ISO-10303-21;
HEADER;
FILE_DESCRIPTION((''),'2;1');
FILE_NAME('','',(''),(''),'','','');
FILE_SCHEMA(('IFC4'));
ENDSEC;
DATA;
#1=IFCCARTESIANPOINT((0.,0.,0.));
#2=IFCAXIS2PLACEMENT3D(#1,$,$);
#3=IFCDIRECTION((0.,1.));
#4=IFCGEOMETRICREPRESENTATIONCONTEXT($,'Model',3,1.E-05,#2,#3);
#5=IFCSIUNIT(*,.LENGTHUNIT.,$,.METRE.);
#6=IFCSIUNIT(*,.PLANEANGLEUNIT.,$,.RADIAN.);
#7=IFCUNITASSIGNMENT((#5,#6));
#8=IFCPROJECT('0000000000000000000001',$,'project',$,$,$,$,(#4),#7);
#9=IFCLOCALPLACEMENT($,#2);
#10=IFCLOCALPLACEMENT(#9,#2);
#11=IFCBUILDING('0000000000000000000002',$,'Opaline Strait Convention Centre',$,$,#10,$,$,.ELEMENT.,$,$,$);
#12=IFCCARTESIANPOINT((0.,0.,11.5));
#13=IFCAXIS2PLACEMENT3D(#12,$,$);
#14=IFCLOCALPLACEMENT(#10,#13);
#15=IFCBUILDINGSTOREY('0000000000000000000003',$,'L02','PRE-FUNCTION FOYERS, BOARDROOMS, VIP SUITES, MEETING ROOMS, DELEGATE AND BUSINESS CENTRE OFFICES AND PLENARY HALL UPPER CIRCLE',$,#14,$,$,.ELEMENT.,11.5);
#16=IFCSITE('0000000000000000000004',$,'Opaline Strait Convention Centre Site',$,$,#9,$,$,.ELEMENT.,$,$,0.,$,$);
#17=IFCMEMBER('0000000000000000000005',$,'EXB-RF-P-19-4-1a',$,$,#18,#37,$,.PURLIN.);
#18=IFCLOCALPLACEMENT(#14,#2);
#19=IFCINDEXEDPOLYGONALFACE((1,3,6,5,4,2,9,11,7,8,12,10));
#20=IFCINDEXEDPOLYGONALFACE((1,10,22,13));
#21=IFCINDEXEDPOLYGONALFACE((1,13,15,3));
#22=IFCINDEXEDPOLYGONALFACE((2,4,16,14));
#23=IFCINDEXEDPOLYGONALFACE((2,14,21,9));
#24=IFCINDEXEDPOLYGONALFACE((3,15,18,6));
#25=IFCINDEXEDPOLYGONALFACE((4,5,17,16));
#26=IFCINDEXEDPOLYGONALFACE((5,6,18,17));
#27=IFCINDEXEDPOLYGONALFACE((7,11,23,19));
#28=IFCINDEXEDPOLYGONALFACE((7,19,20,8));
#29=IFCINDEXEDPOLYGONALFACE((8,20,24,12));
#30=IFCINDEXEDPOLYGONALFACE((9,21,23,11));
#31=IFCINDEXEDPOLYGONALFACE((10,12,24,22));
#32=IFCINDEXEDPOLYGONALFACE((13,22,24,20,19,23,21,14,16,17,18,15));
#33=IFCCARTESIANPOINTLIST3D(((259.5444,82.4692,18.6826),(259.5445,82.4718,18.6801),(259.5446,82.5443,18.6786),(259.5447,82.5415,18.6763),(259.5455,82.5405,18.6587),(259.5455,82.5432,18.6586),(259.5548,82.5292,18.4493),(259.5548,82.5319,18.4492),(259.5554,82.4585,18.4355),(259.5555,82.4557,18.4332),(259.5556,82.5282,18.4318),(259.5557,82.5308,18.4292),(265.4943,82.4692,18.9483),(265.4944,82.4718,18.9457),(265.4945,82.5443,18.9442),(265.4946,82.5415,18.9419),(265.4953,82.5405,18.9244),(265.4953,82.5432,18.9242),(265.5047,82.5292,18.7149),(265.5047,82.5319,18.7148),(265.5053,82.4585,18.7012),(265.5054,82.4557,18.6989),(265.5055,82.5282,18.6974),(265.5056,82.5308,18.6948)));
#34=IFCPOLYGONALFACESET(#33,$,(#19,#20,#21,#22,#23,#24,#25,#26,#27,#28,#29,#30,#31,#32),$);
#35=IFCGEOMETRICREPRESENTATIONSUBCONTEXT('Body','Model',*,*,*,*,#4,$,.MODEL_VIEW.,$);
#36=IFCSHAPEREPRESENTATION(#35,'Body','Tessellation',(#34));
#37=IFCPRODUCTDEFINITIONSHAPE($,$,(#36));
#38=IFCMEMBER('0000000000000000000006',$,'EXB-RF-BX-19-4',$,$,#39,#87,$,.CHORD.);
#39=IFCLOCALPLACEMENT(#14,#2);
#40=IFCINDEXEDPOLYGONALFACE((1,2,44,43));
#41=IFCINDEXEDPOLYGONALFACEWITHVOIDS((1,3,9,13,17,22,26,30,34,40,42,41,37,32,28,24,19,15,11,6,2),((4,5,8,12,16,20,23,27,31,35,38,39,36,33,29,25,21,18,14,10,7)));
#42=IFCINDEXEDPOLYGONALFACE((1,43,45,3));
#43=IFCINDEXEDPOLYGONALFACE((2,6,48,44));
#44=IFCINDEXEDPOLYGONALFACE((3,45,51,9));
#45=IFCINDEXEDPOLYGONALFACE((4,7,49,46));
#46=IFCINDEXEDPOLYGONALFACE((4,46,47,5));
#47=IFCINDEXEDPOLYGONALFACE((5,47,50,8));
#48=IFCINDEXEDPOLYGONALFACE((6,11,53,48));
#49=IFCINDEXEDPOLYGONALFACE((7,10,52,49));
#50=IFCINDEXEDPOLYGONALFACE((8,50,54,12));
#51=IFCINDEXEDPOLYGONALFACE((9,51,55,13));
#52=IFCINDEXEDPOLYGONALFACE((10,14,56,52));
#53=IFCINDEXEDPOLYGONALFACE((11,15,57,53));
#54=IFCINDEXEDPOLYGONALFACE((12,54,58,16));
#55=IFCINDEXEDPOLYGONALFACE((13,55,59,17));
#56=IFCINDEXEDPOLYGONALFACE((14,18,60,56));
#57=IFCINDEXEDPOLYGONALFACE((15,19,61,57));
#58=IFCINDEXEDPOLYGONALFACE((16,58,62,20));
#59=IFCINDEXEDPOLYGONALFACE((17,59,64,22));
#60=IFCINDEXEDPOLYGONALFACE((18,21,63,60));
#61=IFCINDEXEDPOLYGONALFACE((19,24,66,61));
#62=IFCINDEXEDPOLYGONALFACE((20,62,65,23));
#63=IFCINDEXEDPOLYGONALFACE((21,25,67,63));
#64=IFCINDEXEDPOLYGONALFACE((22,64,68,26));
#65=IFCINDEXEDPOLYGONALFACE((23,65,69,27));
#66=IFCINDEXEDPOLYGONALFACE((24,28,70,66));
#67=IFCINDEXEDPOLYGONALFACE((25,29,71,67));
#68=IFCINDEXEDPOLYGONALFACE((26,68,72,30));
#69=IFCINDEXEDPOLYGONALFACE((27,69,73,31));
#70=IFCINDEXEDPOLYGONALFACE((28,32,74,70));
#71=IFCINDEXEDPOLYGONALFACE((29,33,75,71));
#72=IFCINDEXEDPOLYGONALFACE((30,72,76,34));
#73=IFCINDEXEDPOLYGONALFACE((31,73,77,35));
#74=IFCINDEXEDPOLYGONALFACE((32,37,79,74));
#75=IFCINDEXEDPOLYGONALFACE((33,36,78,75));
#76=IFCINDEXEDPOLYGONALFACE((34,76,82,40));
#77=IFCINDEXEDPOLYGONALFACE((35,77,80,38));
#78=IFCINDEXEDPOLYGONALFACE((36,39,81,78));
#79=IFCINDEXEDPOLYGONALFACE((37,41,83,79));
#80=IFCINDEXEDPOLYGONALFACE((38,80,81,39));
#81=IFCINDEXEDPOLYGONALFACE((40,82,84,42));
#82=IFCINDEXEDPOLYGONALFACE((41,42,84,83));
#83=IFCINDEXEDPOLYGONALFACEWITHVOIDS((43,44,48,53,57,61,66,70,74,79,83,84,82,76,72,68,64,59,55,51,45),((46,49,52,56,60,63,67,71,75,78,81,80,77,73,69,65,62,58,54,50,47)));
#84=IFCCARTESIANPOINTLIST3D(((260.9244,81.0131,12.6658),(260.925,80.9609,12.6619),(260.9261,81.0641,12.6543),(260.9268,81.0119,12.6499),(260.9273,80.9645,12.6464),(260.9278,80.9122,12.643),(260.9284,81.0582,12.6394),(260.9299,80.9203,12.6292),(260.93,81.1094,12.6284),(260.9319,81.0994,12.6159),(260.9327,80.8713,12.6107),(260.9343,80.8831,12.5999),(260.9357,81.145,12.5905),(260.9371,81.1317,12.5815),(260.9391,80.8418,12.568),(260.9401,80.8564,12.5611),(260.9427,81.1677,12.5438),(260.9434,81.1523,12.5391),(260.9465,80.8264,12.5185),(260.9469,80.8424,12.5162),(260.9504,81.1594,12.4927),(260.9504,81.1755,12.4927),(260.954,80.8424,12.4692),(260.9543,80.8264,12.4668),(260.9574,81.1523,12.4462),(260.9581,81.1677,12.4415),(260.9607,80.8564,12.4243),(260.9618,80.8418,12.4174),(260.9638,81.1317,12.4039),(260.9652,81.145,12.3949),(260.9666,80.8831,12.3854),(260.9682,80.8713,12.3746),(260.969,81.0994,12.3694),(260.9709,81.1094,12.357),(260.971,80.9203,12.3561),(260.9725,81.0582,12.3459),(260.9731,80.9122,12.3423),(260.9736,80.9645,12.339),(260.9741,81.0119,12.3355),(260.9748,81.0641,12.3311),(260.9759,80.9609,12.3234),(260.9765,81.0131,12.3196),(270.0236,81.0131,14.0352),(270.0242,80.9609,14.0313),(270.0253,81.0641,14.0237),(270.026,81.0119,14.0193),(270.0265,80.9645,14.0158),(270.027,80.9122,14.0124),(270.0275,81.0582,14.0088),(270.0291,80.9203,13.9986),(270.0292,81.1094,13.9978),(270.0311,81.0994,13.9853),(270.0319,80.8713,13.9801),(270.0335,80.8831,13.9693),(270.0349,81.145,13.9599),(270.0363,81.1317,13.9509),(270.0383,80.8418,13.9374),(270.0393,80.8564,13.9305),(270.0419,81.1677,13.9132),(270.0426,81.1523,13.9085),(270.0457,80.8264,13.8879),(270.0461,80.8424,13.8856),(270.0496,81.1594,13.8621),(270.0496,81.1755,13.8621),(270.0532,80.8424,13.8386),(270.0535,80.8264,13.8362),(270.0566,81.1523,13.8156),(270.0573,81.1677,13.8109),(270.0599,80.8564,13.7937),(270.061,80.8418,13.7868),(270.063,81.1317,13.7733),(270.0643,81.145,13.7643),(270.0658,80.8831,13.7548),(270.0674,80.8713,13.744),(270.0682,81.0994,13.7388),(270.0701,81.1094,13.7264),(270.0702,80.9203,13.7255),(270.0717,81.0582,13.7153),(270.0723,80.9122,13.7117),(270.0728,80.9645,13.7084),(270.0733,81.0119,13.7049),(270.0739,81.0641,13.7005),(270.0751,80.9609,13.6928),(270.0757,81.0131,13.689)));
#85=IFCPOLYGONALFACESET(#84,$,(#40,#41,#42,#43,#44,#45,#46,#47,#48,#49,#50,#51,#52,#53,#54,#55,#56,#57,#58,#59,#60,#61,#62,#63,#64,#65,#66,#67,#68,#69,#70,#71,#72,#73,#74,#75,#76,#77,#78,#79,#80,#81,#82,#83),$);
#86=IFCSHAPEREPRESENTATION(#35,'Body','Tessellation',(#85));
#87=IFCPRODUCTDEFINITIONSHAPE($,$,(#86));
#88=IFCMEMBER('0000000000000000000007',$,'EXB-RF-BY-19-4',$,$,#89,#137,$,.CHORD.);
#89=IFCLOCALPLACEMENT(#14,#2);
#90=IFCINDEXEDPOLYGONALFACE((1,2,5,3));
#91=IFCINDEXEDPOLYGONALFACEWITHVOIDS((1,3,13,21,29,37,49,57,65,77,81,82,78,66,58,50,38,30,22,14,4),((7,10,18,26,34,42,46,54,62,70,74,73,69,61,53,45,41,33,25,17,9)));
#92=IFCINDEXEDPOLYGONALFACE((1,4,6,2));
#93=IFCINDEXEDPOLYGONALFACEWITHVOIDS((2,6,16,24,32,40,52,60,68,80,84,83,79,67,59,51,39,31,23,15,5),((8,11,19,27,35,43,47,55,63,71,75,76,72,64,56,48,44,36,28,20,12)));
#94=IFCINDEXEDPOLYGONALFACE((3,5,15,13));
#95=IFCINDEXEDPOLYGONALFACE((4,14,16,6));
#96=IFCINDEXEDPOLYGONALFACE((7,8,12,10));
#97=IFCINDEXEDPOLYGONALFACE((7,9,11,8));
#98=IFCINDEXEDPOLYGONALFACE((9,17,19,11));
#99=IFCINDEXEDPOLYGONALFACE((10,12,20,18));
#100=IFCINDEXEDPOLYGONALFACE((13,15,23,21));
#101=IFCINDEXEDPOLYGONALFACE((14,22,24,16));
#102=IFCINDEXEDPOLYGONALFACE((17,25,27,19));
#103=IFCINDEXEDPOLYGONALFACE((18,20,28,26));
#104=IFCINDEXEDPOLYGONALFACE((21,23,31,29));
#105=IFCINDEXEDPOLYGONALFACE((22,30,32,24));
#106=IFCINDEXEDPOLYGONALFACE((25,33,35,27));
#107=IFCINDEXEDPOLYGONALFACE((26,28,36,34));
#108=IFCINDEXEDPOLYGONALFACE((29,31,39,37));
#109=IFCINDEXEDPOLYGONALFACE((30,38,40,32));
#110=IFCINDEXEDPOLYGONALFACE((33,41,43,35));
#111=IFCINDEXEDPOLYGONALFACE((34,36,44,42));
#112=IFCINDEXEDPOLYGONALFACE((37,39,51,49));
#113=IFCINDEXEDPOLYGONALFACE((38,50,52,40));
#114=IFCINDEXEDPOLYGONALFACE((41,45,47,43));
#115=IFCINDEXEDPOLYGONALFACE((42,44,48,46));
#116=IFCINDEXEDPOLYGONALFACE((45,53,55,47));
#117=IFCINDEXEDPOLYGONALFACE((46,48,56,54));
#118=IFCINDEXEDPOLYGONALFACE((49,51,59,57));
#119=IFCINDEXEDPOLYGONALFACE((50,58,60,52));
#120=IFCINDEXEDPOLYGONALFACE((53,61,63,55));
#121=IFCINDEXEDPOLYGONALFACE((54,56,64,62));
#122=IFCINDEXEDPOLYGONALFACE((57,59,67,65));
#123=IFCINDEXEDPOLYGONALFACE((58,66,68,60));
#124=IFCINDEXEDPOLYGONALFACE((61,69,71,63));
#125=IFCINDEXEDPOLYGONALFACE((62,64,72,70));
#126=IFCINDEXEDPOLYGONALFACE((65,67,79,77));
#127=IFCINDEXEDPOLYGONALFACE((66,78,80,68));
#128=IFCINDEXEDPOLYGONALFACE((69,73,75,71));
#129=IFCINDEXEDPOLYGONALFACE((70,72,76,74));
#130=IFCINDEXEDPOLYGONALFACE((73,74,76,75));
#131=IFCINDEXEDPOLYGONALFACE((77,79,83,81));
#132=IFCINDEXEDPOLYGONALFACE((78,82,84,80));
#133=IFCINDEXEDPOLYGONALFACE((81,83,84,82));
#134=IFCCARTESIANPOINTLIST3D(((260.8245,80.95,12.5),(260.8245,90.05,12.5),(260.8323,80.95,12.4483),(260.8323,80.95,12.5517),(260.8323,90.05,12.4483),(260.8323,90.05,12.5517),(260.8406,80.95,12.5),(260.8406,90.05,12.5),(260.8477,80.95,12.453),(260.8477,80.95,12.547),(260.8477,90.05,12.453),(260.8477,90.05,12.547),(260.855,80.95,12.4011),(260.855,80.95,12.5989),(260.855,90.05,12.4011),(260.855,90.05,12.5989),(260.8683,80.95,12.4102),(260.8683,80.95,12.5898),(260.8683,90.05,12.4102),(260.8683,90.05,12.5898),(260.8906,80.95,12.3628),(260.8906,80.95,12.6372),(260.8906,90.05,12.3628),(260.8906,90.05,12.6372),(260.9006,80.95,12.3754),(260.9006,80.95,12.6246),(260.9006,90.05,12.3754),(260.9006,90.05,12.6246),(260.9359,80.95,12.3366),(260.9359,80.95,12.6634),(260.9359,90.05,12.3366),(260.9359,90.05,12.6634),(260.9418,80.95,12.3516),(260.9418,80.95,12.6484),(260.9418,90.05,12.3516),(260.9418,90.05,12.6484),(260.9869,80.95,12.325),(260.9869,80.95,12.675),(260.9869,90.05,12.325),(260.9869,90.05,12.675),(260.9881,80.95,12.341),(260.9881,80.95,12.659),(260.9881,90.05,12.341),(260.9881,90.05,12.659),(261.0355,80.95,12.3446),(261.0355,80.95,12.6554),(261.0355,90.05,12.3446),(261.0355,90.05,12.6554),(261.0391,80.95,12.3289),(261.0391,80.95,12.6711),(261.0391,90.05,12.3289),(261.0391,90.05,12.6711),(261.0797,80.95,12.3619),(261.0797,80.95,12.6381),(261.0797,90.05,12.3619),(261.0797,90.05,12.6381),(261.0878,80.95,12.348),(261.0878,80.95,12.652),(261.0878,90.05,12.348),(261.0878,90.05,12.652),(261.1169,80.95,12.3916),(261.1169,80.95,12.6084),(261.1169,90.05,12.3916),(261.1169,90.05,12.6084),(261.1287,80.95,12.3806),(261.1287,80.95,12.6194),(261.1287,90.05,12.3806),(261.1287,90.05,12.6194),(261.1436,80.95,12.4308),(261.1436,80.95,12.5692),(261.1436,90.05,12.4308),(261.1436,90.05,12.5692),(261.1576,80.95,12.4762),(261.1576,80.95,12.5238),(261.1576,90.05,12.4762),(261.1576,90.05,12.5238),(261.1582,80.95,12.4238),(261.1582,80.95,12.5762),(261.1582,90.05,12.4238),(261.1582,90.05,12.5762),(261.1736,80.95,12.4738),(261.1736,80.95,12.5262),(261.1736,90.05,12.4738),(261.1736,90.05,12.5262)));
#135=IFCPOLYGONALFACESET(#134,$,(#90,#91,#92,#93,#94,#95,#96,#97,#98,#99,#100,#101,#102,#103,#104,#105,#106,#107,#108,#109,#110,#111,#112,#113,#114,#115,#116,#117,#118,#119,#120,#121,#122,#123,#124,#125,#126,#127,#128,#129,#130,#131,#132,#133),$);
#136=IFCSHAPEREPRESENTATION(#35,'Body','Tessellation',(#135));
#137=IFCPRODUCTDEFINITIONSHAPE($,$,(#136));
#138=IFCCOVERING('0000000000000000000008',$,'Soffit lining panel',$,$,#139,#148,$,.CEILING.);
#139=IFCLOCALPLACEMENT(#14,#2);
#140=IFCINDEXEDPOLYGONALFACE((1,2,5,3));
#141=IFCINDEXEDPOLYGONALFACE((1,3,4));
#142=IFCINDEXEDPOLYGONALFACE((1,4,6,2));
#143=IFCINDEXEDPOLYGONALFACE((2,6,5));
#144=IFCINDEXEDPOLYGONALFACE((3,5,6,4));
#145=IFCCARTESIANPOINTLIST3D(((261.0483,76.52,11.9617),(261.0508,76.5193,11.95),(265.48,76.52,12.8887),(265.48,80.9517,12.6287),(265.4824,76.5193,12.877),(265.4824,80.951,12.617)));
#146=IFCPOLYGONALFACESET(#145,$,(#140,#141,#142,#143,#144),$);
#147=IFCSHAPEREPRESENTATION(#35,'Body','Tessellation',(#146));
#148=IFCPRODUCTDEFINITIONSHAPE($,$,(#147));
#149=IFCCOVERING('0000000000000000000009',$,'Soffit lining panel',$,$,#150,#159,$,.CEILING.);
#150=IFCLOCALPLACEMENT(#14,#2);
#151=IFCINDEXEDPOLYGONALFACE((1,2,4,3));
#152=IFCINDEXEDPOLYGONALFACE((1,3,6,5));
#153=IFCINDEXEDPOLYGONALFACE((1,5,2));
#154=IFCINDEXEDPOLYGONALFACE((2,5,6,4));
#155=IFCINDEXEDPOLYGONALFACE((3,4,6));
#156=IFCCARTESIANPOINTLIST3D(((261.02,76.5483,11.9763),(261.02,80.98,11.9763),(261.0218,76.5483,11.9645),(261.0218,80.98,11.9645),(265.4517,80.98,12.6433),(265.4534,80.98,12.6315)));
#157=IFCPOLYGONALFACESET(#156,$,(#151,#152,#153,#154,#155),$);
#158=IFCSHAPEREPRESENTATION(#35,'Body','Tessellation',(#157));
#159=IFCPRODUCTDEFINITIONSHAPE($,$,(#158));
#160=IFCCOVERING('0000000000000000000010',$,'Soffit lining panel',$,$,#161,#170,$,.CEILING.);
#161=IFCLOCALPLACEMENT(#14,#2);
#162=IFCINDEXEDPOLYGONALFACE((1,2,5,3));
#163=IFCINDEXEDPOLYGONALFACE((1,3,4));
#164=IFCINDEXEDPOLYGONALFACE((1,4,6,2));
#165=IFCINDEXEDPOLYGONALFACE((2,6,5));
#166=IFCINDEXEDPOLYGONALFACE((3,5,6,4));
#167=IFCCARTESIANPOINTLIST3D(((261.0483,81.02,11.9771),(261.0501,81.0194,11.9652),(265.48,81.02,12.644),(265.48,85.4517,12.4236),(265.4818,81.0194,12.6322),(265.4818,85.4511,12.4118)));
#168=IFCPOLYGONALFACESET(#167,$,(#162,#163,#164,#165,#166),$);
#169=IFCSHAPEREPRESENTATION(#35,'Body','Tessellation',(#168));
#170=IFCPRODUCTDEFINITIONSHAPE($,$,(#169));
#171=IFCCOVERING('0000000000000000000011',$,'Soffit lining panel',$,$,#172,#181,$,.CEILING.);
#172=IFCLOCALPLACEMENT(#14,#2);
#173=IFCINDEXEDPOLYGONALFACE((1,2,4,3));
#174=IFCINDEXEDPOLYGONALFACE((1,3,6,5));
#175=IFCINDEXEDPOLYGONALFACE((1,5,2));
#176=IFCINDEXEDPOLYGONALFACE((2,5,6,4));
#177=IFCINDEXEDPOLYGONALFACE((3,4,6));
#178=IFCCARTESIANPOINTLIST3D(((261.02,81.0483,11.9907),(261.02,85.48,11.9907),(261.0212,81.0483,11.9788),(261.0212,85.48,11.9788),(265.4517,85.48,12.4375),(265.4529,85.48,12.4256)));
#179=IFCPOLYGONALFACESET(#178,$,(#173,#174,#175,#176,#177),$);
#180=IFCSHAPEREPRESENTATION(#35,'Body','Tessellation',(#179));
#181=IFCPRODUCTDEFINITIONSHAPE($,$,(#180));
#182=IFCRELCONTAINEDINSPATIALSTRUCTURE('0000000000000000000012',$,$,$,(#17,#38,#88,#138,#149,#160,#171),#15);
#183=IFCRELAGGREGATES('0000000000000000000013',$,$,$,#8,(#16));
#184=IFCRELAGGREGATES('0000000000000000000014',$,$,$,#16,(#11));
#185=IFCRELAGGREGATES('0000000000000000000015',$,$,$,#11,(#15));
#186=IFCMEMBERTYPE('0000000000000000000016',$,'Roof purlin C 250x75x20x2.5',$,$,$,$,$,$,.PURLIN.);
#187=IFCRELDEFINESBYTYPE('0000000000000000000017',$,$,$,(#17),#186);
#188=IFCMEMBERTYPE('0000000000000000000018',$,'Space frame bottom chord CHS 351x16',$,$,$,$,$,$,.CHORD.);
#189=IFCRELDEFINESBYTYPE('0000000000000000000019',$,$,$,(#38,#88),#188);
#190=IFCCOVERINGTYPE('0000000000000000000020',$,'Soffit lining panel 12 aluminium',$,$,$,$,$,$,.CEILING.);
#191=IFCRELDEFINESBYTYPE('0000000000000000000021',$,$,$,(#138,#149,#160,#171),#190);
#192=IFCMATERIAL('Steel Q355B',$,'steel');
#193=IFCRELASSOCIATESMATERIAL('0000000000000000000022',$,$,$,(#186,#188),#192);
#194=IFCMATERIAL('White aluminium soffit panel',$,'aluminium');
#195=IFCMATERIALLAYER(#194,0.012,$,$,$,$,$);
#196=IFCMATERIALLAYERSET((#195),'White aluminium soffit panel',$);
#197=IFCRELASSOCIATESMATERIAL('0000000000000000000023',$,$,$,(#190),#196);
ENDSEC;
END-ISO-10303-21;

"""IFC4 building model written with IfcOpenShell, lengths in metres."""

from ifc_helpers import new_model, si_unit, direction, frame, origin, origin_2d, place, context, subcontext, project, spatial, polyline, hollow_circle, outline, extrude, material, layer, layer_set, material_profile, profile_set, type_object, element, save


model = new_model("IFC4")

# Units and contexts
model_context = context("Model", 3, precision=1e-05, world=origin(), true_north=direction((0.0, 1.0)))
body_context = subcontext(model_context, "Body", "Model", "MODEL_VIEW")
ifc_project = project(units=[si_unit("LENGTHUNIT", "METRE"), si_unit("PLANEANGLEUNIT", "RADIAN")], contexts=[model_context])

# Site, building, storey
site_placement = place(None, origin())
site = spatial("IfcSite", under=ifc_project, at=site_placement, Name="Opaline Strait Convention Centre Site", CompositionType="ELEMENT", RefElevation=0.0)
building_placement = place(site_placement, origin())
building = spatial("IfcBuilding", under=site, at=building_placement, Name="Opaline Strait Convention Centre", CompositionType="ELEMENT")
storey_placement = place(building_placement, frame((0.0, 0.0, 11.5)))
storey = spatial("IfcBuildingStorey", under=building, at=storey_placement, Name="L02", Description="PRE-FUNCTION FOYERS, BOARDROOMS, VIP SUITES, MEETING ROOMS, DELEGATE AND BUSINESS CENTRE OFFICES AND PLENARY HALL UPPER CIRCLE", CompositionType="ELEMENT", Elevation=11.5)

# Members
ifc_material_1 = material(Name="Steel Q355B", Category="steel")
ifc_material_profile_1 = material_profile(ifc_material_1, outline(polyline([(-0.0376, -0.125), (0.0376, -0.125), (0.0376, -0.105), (0.0349, -0.105), (0.0349, -0.1226), (-0.0349, -0.1226), (-0.0349, 0.1226), (0.0349, 0.1226), (0.0349, 0.105), (0.0376, 0.105), (0.0376, 0.125), (-0.0376, 0.125), (-0.0376, -0.125)])), Name="C 250x75x20x2.5")
ifc_profile_set_1 = profile_set([ifc_material_profile_1], Name="Steel Q355B")
member_type_1 = type_object("IfcMemberType", Name="Roof purlin C 250x75x20x2.5", PredefinedType="PURLIN", material=ifc_profile_set_1)
member_1_placement = place(storey_placement, frame((259.55, 82.5, 18.5559), z_axis=(0.999005, 0.0, 0.044599), x_axis=(0.002414, 0.998534, -0.054074)))
element("IfcMember", 1, at=member_1_placement, inside=storey, type_object=member_type_1, Name="EXB-RF-P-19-4-1a", PredefinedType="PURLIN", context=body_context, shape_type="SweptSolid", body=[
    extrude(outline(polyline([(-0.0376, -0.125), (0.0376, -0.125), (0.0376, -0.105), (0.0349, -0.105), (0.0349, -0.1226), (-0.0349, -0.1226), (-0.0349, 0.1226), (0.0349, 0.1226), (0.0349, 0.105), (0.0376, 0.105), (0.0376, 0.125), (-0.0376, 0.125), (-0.0376, -0.125)])), origin(), (0.0, 0.0, 1.0), 5.9558),
])
ifc_material_profile_2 = material_profile(ifc_material_1, hollow_circle(Radius=0.1755, WallThickness=0.0161, at=origin_2d()), Name="CHS 351x16")
ifc_profile_set_2 = profile_set([ifc_material_profile_2], Name="Steel Q355B")
member_type_2 = type_object("IfcMemberType", Name="Space frame bottom chord CHS 351x16", PredefinedType="CHORD", material=ifc_profile_set_2)
member_2_placement = place(storey_placement, frame((260.9504, 81.0, 12.4927), z_axis=(0.988864, 0.0, 0.14882), x_axis=(0.0, 1.0, 0.0)))
element("IfcMember", 2, at=member_2_placement, inside=storey, type_object=member_type_2, Name="EXB-RF-BX-19-4", PredefinedType="CHORD", context=body_context, shape_type="SweptSolid", body=[
    extrude(hollow_circle(Radius=0.1755, WallThickness=0.0161, at=origin_2d()), origin(), (0.0, 0.0, 1.0), 9.2017),
])
member_3_placement = place(storey_placement, frame((261.0, 80.95, 12.5), z_axis=(0.0, 1.0, 0.0), x_axis=(-1.0, 0.0, 0.0)))
element("IfcMember", 3, at=member_3_placement, inside=storey, type_object=member_type_2, Name="EXB-RF-BY-19-4", PredefinedType="CHORD", context=body_context, shape_type="SweptSolid", body=[
    extrude(hollow_circle(Radius=0.1755, WallThickness=0.0161, at=origin_2d()), origin(), (0.0, 0.0, 1.0), 9.1001),
])

# Coverings
ifc_material_2 = material(Name="White aluminium soffit panel", Category="aluminium")
ifc_layer = layer(ifc_material_2, 0.012)
ifc_layer_set = layer_set([ifc_layer], Name="White aluminium soffit panel")
covering_type = type_object("IfcCoveringType", Name="Soffit lining panel 12 aluminium", PredefinedType="CEILING", material=ifc_layer_set)
covering_1_placement = place(storey_placement, frame((261.0483, 76.52, 11.9617), z_axis=(-0.20441, 0.057334, 0.977205), x_axis=(0.703136, 0.703136, 0.105827)))
element("IfcCovering", 4, at=covering_1_placement, inside=storey, type_object=covering_type, Name="Soffit lining panel", PredefinedType="CEILING", context=body_context, shape_type="SweptSolid", body=[
    extrude(outline(polyline([(0.0, 0.0), (6.3027, 0.0), (3.2141, -3.1887), (0.0, 0.0)])), origin(), (0.0, 0.0, -1.0), 0.012),
])
covering_2_placement = place(storey_placement, frame((261.02, 76.5483, 11.9763), z_axis=(-0.148831, 0.0, 0.988863), x_axis=(0.0, 1.0, 0.0)))
element("IfcCovering", 5, at=covering_2_placement, inside=storey, type_object=covering_type, Name="Soffit lining panel", PredefinedType="CEILING", context=body_context, shape_type="SweptSolid", body=[
    extrude(outline(polyline([(0.0, 0.0), (4.4316, 0.0), (4.4316, -4.4816), (0.0, 0.0)])), origin(), (0.0, 0.0, -1.0), 0.012),
])
covering_3_placement = place(storey_placement, frame((261.0483, 81.02, 11.9771), z_axis=(-0.148651, 0.049133, 0.987668), x_axis=(0.705319, 0.705319, 0.071068)))
element("IfcCovering", 6, at=covering_3_placement, inside=storey, type_object=covering_type, Name="Soffit lining panel", PredefinedType="CEILING", context=body_context, shape_type="SweptSolid", body=[
    extrude(outline(polyline([(0.0, 0.0), (6.2832, 0.0), (3.1731, -3.1647), (0.0, 0.0)])), origin(), (0.0, 0.0, -1.0), 0.012),
])
covering_4_placement = place(storey_placement, frame((261.02, 81.0483, 11.9907), z_axis=(-0.100307, 0.0, 0.994957), x_axis=(0.0, 1.0, 0.0)))
element("IfcCovering", 7, at=covering_4_placement, inside=storey, type_object=covering_type, Name="Soffit lining panel", PredefinedType="CEILING", context=body_context, shape_type="SweptSolid", body=[
    extrude(outline(polyline([(0.0, 0.0), (4.4316, 0.0), (4.4316, -4.4541), (0.0, 0.0)])), origin(), (0.0, 0.0, -1.0), 0.012),
])

save(model, "model.ifc")
